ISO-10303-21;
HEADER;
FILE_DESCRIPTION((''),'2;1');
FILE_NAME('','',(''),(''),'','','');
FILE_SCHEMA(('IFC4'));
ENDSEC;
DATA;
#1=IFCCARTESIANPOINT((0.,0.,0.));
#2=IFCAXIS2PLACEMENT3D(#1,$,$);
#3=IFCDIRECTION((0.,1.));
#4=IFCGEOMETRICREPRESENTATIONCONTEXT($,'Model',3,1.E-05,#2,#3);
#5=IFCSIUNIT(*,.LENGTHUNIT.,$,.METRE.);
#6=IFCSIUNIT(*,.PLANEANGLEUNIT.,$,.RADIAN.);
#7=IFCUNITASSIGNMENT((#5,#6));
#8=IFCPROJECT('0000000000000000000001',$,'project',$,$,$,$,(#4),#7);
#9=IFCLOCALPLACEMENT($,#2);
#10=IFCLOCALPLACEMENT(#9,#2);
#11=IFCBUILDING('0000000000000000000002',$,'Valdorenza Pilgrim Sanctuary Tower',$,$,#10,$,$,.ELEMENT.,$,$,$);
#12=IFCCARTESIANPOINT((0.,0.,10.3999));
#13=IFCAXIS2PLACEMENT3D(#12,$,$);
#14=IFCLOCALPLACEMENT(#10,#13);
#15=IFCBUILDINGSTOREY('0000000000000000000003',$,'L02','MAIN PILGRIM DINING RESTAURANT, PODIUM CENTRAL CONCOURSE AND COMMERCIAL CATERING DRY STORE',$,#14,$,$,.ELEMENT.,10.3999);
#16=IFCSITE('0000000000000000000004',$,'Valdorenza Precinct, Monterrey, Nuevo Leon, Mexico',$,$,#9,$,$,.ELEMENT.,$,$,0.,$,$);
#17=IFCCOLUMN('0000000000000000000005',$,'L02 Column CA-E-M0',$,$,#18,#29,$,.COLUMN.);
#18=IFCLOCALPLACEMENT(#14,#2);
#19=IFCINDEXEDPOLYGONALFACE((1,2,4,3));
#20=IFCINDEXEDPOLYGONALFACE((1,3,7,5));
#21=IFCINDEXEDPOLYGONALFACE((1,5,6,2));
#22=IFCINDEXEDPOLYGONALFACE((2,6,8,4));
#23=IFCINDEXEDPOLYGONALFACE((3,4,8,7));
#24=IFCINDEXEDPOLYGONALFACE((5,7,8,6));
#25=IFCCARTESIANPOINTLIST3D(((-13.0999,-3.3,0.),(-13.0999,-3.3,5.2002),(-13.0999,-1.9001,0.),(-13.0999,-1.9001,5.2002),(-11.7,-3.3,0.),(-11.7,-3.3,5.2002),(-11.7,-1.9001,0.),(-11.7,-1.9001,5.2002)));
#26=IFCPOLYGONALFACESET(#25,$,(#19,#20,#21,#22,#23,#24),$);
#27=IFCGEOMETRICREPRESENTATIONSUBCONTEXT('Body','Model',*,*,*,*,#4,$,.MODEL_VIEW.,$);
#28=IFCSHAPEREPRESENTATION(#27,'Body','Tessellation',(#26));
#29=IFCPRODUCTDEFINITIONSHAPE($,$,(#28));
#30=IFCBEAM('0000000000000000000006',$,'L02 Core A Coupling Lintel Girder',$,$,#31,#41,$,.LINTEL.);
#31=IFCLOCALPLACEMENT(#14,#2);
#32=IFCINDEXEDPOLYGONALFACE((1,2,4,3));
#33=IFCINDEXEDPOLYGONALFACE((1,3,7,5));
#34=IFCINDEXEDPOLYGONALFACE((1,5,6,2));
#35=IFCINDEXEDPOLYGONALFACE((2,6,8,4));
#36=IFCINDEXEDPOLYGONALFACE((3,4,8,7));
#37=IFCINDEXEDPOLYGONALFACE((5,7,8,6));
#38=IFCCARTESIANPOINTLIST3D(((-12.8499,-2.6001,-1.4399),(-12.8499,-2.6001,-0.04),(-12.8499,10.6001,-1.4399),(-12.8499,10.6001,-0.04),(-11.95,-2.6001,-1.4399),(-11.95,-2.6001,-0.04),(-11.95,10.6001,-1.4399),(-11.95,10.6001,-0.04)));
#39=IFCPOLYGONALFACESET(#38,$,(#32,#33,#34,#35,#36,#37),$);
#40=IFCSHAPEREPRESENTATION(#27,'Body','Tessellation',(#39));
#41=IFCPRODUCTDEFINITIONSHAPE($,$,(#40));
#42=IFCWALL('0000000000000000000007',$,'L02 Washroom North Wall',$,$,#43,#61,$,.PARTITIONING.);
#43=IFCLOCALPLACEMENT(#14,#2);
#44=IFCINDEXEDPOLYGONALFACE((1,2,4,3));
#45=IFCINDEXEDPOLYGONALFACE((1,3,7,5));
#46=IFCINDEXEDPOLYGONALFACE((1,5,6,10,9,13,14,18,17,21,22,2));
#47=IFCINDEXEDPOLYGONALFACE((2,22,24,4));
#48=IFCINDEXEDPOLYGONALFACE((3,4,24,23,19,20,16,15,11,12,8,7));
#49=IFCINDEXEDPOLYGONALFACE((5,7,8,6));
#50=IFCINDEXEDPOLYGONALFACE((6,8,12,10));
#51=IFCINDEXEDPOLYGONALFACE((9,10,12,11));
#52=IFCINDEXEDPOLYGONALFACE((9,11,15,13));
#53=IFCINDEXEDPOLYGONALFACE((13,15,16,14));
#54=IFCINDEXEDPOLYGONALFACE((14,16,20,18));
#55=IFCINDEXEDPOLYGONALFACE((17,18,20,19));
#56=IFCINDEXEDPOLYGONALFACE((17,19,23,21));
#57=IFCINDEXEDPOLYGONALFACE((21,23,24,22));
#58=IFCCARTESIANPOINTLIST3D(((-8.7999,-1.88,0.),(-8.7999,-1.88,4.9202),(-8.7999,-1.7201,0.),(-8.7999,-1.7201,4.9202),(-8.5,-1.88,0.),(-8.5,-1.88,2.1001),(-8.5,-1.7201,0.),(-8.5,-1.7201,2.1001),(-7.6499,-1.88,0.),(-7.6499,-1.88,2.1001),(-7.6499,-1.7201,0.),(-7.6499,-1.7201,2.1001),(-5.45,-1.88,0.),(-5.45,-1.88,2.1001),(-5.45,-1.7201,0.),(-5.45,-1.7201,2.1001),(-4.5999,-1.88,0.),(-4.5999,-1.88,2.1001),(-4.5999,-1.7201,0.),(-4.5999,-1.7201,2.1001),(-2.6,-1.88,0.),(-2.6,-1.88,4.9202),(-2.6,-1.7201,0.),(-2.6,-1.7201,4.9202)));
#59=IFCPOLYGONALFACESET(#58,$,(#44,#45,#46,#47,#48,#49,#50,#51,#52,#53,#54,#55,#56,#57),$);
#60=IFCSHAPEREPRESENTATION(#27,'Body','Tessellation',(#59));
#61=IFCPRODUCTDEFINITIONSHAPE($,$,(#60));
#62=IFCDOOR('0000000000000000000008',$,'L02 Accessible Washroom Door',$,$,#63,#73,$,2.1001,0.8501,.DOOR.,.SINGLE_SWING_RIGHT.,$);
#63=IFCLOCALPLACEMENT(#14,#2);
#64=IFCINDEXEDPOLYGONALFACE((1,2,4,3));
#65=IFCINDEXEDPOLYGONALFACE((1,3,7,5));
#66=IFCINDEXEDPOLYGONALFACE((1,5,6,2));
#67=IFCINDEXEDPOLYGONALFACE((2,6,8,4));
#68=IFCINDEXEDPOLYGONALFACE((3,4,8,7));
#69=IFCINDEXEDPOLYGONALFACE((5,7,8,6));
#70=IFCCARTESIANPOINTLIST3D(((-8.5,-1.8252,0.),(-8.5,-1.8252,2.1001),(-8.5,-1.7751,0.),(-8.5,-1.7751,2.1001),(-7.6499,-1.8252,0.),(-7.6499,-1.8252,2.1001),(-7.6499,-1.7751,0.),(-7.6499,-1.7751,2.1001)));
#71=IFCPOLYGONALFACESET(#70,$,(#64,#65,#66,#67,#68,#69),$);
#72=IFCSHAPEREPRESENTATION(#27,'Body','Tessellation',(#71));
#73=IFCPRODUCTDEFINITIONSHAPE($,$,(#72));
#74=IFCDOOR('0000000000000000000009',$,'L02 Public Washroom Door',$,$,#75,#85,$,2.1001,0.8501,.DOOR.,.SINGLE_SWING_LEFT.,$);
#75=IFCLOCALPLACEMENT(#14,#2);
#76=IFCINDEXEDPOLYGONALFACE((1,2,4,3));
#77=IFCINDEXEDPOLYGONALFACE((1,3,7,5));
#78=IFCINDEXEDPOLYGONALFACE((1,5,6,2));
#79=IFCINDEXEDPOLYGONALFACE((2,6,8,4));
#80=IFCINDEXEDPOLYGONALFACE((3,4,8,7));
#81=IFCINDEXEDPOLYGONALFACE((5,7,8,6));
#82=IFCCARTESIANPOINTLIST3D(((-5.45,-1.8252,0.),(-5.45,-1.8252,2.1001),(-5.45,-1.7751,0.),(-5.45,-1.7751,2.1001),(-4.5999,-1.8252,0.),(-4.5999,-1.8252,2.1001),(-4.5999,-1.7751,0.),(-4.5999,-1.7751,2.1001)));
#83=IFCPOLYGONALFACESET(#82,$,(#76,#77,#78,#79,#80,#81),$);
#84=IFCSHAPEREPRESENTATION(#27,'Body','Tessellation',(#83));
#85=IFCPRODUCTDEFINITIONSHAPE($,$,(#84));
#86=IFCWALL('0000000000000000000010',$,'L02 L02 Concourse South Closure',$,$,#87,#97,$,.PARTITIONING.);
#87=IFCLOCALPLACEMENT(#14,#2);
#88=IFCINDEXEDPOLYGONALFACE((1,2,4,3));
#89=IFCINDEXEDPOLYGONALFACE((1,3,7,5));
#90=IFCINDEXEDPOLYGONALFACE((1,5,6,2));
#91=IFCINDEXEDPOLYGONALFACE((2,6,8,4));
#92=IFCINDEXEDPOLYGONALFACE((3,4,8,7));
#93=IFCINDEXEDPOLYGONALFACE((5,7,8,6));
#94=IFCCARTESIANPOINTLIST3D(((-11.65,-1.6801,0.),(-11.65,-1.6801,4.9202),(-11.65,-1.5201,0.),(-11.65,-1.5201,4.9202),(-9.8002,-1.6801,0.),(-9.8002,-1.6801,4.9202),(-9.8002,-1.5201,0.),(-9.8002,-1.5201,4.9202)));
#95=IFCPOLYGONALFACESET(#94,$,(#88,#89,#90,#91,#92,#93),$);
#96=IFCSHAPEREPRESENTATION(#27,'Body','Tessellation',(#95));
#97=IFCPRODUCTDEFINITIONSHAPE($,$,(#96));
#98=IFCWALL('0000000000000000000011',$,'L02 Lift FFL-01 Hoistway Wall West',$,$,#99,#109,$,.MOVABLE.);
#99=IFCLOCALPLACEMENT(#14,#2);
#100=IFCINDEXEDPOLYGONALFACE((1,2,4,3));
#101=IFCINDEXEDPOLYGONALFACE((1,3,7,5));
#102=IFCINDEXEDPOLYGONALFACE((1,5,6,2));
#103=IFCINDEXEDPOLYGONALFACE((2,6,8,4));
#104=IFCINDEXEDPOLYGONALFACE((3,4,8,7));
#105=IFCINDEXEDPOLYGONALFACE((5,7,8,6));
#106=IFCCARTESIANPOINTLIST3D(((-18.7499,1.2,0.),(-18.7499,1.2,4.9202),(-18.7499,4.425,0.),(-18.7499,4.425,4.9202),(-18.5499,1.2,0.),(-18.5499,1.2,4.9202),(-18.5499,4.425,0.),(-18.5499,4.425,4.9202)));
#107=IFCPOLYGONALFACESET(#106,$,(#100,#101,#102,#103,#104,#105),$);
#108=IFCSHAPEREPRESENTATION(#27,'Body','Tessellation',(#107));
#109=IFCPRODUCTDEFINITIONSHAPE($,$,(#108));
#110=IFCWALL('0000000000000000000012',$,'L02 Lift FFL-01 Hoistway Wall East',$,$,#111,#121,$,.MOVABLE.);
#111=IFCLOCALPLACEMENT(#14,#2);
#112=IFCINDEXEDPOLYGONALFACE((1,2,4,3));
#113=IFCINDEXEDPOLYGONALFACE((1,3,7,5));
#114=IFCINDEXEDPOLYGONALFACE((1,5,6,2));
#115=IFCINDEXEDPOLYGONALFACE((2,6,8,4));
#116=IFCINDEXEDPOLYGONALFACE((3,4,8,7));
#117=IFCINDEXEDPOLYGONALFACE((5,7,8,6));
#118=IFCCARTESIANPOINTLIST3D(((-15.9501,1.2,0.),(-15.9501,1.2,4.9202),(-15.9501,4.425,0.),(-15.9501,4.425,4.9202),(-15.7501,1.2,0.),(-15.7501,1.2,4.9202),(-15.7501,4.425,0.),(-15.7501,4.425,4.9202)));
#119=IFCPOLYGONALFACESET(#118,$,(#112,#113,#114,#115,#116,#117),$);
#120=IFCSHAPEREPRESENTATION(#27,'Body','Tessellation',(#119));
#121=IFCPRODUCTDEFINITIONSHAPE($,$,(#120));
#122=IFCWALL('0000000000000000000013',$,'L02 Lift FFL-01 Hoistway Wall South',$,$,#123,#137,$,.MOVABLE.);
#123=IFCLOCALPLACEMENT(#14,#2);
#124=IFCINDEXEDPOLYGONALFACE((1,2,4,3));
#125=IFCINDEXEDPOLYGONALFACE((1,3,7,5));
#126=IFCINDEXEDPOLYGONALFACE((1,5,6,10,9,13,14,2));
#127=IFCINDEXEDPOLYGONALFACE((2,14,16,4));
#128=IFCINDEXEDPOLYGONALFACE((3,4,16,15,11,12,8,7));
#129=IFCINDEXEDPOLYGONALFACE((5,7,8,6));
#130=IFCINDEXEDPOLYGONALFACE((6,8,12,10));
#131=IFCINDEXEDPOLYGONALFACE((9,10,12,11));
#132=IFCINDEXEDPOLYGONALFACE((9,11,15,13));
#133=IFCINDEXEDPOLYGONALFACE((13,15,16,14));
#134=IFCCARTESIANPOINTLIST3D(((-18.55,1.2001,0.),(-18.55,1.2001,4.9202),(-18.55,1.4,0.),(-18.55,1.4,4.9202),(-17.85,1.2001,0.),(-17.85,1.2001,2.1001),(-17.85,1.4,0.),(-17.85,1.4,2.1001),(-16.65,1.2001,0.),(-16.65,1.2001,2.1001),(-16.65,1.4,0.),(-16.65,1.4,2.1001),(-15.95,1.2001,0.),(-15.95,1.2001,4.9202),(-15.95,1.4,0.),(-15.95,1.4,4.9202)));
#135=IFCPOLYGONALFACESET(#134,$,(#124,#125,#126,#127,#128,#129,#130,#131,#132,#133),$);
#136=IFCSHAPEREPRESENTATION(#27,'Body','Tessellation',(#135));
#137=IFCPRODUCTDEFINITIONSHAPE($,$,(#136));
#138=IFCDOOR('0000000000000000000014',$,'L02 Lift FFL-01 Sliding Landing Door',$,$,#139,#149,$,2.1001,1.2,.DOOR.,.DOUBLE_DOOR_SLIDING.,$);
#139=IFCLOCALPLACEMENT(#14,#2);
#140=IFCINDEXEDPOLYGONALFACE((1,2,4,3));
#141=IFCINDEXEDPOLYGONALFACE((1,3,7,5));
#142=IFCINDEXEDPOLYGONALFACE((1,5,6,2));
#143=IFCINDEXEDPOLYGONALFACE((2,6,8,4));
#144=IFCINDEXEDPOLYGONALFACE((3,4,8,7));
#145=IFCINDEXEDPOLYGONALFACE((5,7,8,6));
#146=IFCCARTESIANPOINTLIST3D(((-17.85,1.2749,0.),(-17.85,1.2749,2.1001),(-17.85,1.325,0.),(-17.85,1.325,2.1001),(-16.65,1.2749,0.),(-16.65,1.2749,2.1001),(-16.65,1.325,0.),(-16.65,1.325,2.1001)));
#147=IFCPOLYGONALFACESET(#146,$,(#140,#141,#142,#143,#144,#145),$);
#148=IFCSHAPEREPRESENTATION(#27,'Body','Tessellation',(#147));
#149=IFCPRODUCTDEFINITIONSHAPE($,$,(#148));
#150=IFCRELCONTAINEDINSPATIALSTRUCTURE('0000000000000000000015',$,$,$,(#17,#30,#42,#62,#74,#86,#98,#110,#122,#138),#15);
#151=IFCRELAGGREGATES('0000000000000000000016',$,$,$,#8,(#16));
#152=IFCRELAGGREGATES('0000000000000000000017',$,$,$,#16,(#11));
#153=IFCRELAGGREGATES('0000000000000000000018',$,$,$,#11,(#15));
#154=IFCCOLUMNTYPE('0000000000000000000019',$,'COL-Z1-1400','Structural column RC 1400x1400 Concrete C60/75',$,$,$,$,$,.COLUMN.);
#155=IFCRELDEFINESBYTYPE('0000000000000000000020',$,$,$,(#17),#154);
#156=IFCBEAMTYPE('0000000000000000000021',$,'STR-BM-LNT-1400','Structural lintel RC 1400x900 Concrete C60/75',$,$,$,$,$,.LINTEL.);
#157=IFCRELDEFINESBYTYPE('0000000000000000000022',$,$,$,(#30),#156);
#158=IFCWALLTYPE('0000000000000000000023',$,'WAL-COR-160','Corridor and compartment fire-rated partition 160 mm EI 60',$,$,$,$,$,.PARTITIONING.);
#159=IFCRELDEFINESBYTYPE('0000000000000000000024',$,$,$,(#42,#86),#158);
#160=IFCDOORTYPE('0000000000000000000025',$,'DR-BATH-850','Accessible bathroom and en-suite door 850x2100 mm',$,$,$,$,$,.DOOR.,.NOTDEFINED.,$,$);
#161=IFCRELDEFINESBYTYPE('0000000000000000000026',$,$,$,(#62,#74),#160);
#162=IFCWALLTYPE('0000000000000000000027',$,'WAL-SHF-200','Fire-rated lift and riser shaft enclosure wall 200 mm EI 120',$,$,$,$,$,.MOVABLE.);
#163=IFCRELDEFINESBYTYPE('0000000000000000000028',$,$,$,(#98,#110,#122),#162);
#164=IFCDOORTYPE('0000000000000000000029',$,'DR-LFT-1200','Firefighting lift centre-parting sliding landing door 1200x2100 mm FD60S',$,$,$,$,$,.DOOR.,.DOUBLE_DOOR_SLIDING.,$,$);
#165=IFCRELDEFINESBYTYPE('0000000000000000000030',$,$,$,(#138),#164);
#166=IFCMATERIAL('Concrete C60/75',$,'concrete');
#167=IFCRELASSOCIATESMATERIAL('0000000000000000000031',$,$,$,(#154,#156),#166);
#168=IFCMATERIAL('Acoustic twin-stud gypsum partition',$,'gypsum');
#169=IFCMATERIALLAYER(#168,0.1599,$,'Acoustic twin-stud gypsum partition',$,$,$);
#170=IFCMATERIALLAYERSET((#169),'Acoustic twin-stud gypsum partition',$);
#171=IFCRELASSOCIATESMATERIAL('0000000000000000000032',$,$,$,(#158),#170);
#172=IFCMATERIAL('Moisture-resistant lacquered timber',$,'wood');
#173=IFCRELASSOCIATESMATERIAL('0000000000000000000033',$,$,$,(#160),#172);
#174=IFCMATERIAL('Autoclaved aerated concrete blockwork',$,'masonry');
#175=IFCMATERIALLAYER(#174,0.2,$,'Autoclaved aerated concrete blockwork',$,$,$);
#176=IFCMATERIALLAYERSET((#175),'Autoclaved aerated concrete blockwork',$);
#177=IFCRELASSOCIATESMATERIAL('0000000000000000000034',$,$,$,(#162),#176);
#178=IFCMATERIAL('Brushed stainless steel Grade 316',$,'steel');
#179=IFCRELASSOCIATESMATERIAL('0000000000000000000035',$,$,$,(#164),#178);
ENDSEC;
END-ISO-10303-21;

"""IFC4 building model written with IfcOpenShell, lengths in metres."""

from ifc_helpers import new_model, si_unit, direction, frame, frame_2d, origin, origin_2d, place, context, subcontext, project, spatial, rectangle, extrude, source, transform, mapped, material, layer, layer_set, material_profile, profile_set, type_object, element, fill, save


model = new_model("IFC4")

# Units and contexts
model_context = context("Model", 3, precision=1e-05, world=origin(), true_north=direction((0.0, 1.0)))
body_context = subcontext(model_context, "Body", "Model", "MODEL_VIEW")
ifc_project = project(units=[si_unit("LENGTHUNIT", "METRE"), si_unit("PLANEANGLEUNIT", "RADIAN")], contexts=[model_context])

# Site, building, storey
site_placement = place(None, origin())
site = spatial("IfcSite", under=ifc_project, at=site_placement, Name="Valdorenza Precinct, Monterrey, Nuevo Leon, Mexico", CompositionType="ELEMENT", RefElevation=0.0)
building_placement = place(site_placement, origin())
building = spatial("IfcBuilding", under=site, at=building_placement, Name="Valdorenza Pilgrim Sanctuary Tower", CompositionType="ELEMENT")
storey_placement = place(building_placement, frame((0.0, 0.0, 10.3999)))
storey = spatial("IfcBuildingStorey", under=building, at=storey_placement, Name="L02", Description="MAIN PILGRIM DINING RESTAURANT, PODIUM CENTRAL CONCOURSE AND COMMERCIAL CATERING DRY STORE", CompositionType="ELEMENT", Elevation=10.3999)

# Column
ifc_material_1 = material(Name="Concrete C60/75", Category="concrete")
ifc_material_profile_1 = material_profile(ifc_material_1, rectangle(XDim=1.3999, YDim=1.3999, at=origin_2d()), Name="RC 1400x1400")
ifc_profile_set_1 = profile_set([ifc_material_profile_1], Name="Concrete C60/75")
column_type = type_object("IfcColumnType", Name="COL-Z1-1400", Description="Structural column RC 1400x1400 Concrete C60/75", PredefinedType="COLUMN", material=ifc_profile_set_1)
shared_shape_1 = source(origin(), body_context, "Body", "SweptSolid", [
    extrude(rectangle(XDim=1.3999, YDim=1.3999, at=origin_2d()), origin(), (0.0, 0.0, 1.0), 5.2002),
])
column_placement = place(storey_placement, frame((-12.3999, -2.6001, 0.0), z_axis=(0.0, 0.0, 1.0), x_axis=(1.0, 0.0, 0.0)))
element("IfcColumn", 1, at=column_placement, inside=storey, type_object=column_type, Name="L02 Column CA-E-M0", PredefinedType="COLUMN", context=body_context, shape_type="MappedRepresentation", body=[
    mapped(shared_shape_1, transform((0.0, 0.0, 0.0), x_axis=(1.0, 0.0, 0.0), y_axis=(0.0, 1.0, 0.0), z_axis=(0.0, 0.0, 1.0), scale=1.0)),
])

# Beam
ifc_material_profile_2 = material_profile(ifc_material_1, rectangle(XDim=0.8999, YDim=1.3999, at=origin_2d()), Name="RC 1400x900")
ifc_profile_set_2 = profile_set([ifc_material_profile_2], Name="Concrete C60/75")
beam_type = type_object("IfcBeamType", Name="STR-BM-LNT-1400", Description="Structural lintel RC 1400x900 Concrete C60/75", PredefinedType="LINTEL", material=ifc_profile_set_2)
shared_shape_2 = source(origin(), body_context, "Body", "SweptSolid", [
    extrude(rectangle(XDim=0.8999, YDim=1.3999, at=origin_2d()), origin(), (0.0, 0.0, 1.0), 13.2002),
])
beam_placement = place(storey_placement, frame((-12.3999, -2.6001, -0.74), z_axis=(0.0, 1.0, 0.0), x_axis=(-1.0, 0.0, 0.0)))
element("IfcBeam", 2, at=beam_placement, inside=storey, type_object=beam_type, Name="L02 Core A Coupling Lintel Girder", PredefinedType="LINTEL", context=body_context, shape_type="MappedRepresentation", body=[
    mapped(shared_shape_2, transform((0.0, 0.0, 0.0), x_axis=(1.0, 0.0, 0.0), y_axis=(0.0, 1.0, 0.0), z_axis=(0.0, 0.0, 1.0), scale=1.0)),
])

# Wall, openings, doors
ifc_material_2 = material(Name="Acoustic twin-stud gypsum partition", Category="gypsum")
ifc_layer_1 = layer(ifc_material_2, 0.1599, Name="Acoustic twin-stud gypsum partition")
ifc_layer_set_1 = layer_set([ifc_layer_1], Name="Acoustic twin-stud gypsum partition")
wall_type_1 = type_object("IfcWallType", Name="WAL-COR-160", Description="Corridor and compartment fire-rated partition 160 mm EI 60", PredefinedType="PARTITIONING", material=ifc_layer_set_1)
wall_1_placement = place(storey_placement, frame((-8.8, -1.8, 0.0), z_axis=(0.0, 0.0, 1.0), x_axis=(1.0, 0.0, 0.0)))
wall_1 = element("IfcWall", 3, at=wall_1_placement, inside=storey, type_object=wall_type_1, Name="L02 Washroom North Wall", PredefinedType="PARTITIONING", context=body_context, shape_type="SweptSolid", body=[
    extrude(rectangle(XDim=6.2, YDim=0.1599, at=frame_2d((3.1001, 0.0))), origin(), (0.0, 0.0, 1.0), 4.9202),
])
opening_1_placement = place(wall_1_placement, frame((0.3, 0.0, 0.0)))
opening_1 = element("IfcOpeningElement", 4, at=opening_1_placement, cuts=wall_1, PredefinedType="OPENING", context=body_context, shape_type="SweptSolid", body=[
    extrude(rectangle(XDim=0.8501, YDim=2.1001, at=frame_2d((0.425, 1.05))), frame((0.0, 0.0947, 0.0), z_axis=(0.0, -1.0, 0.0), x_axis=(1.0, 0.0, 0.0)), (0.0, 0.0, 1.0), 0.1897),
])
opening_2_placement = place(wall_1_placement, frame((3.3501, 0.0, 0.0)))
opening_2 = element("IfcOpeningElement", 5, at=opening_2_placement, cuts=wall_1, PredefinedType="OPENING", context=body_context, shape_type="SweptSolid", body=[
    extrude(rectangle(XDim=0.8501, YDim=2.1001, at=frame_2d((0.425, 1.05))), frame((0.0, 0.0947, 0.0), z_axis=(0.0, -1.0, 0.0), x_axis=(1.0, 0.0, 0.0)), (0.0, 0.0, 1.0), 0.1897),
])
ifc_material_3 = material(Name="Moisture-resistant lacquered timber", Category="wood")
door_type_1 = type_object("IfcDoorType", Name="DR-BATH-850", Description="Accessible bathroom and en-suite door 850x2100 mm", OperationType="NOTDEFINED", PredefinedType="DOOR", material=ifc_material_3)
door_1_placement = place(opening_1_placement, origin())
door_1 = element("IfcDoor", 6, at=door_1_placement, inside=storey, type_object=door_type_1, Name="L02 Accessible Washroom Door", OperationType="SINGLE_SWING_RIGHT", OverallHeight=2.1001, OverallWidth=0.8501, PredefinedType="DOOR", context=body_context, shape_type="SweptSolid", body=[
    extrude(rectangle(XDim=0.8501, YDim=2.1001, at=frame_2d((0.425, 1.05))), frame((0.0, 0.0249, 0.0), z_axis=(0.0, -1.0, 0.0), x_axis=(1.0, 0.0, 0.0)), (0.0, 0.0, 1.0), 0.05),
])
fill(opening_1, door_1)
door_2_placement = place(opening_2_placement, origin())
door_2 = element("IfcDoor", 7, at=door_2_placement, inside=storey, type_object=door_type_1, Name="L02 Public Washroom Door", OperationType="SINGLE_SWING_LEFT", OverallHeight=2.1001, OverallWidth=0.8501, PredefinedType="DOOR", context=body_context, shape_type="SweptSolid", body=[
    extrude(rectangle(XDim=0.8501, YDim=2.1001, at=frame_2d((0.425, 1.05))), frame((0.0, 0.0249, 0.0), z_axis=(0.0, -1.0, 0.0), x_axis=(1.0, 0.0, 0.0)), (0.0, 0.0, 1.0), 0.05),
])
fill(opening_2, door_2)

# Wall
wall_2_placement = place(storey_placement, frame((-11.6499, -1.6001, 0.0), z_axis=(0.0, 0.0, 1.0), x_axis=(1.0, 0.0, 0.0)))
element("IfcWall", 8, at=wall_2_placement, inside=storey, type_object=wall_type_1, Name="L02 L02 Concourse South Closure", PredefinedType="PARTITIONING", context=body_context, shape_type="SweptSolid", body=[
    extrude(rectangle(XDim=1.8499, YDim=0.1599, at=frame_2d((0.9248, 0.0))), origin(), (0.0, 0.0, 1.0), 4.9202),
])

# Walls
ifc_material_4 = material(Name="Autoclaved aerated concrete blockwork", Category="masonry")
ifc_layer_2 = layer(ifc_material_4, 0.2, Name="Autoclaved aerated concrete blockwork")
ifc_layer_set_2 = layer_set([ifc_layer_2], Name="Autoclaved aerated concrete blockwork")
wall_type_2 = type_object("IfcWallType", Name="WAL-SHF-200", Description="Fire-rated lift and riser shaft enclosure wall 200 mm EI 120", PredefinedType="MOVABLE", material=ifc_layer_set_2)
for number, where, z_axis, x_axis, name in (
    (9, (-18.6499, 1.2, 0.0), (0.0, 0.0, 1.0), (0.0, 1.0, 0.0), "L02 Lift FFL-01 Hoistway Wall West"),
    (10, (-15.8501, 1.2, 0.0), (0.0, 0.0, 1.0), (0.0, 1.0, 0.0), "L02 Lift FFL-01 Hoistway Wall East"),
):
    element("IfcWall", number, at=place(storey_placement, frame(where, z_axis=z_axis, x_axis=x_axis)), inside=storey, type_object=wall_type_2, Name=name, PredefinedType="MOVABLE", context=body_context, shape_type="SweptSolid", body=[
        extrude(rectangle(XDim=3.2251, YDim=0.2, at=frame_2d((1.6125, 0.0))), origin(), (0.0, 0.0, 1.0), 4.9202),
    ])

# Wall, opening, door
wall_3_placement = place(storey_placement, frame((-18.55, 1.3, 0.0), z_axis=(0.0, 0.0, 1.0), x_axis=(1.0, 0.0, 0.0)))
wall_3 = element("IfcWall", 11, at=wall_3_placement, inside=storey, type_object=wall_type_2, Name="L02 Lift FFL-01 Hoistway Wall South", PredefinedType="MOVABLE", context=body_context, shape_type="SweptSolid", body=[
    extrude(rectangle(XDim=2.6001, YDim=0.2, at=frame_2d((1.3, 0.0))), origin(), (0.0, 0.0, 1.0), 4.9202),
])
opening_3_placement = place(wall_3_placement, frame((0.7, 0.0, 0.0)))
opening_3 = element("IfcOpeningElement", 12, at=opening_3_placement, cuts=wall_3, PredefinedType="OPENING", context=body_context, shape_type="SweptSolid", body=[
    extrude(rectangle(XDim=1.2, YDim=2.1001, at=frame_2d((0.6001, 1.05))), frame((0.0, 0.1147, 0.0), z_axis=(0.0, -1.0, 0.0), x_axis=(1.0, 0.0, 0.0)), (0.0, 0.0, 1.0), 0.2297),
])
ifc_material_5 = material(Name="Brushed stainless steel Grade 316", Category="steel")
door_type_2 = type_object("IfcDoorType", Name="DR-LFT-1200", Description="Firefighting lift centre-parting sliding landing door 1200x2100 mm FD60S", OperationType="DOUBLE_DOOR_SLIDING", PredefinedType="DOOR", material=ifc_material_5)
door_3_placement = place(opening_3_placement, origin())
door_3 = element("IfcDoor", 13, at=door_3_placement, inside=storey, type_object=door_type_2, Name="L02 Lift FFL-01 Sliding Landing Door", OperationType="DOUBLE_DOOR_SLIDING", OverallHeight=2.1001, OverallWidth=1.2, PredefinedType="DOOR", context=body_context, shape_type="SweptSolid", body=[
    extrude(rectangle(XDim=1.2, YDim=2.1001, at=frame_2d((0.6001, 1.05))), frame((0.0, 0.0249, 0.0), z_axis=(0.0, -1.0, 0.0), x_axis=(1.0, 0.0, 0.0)), (0.0, 0.0, 1.0), 0.05),
])
fill(opening_3, door_3)

save(model, "model.ifc")
